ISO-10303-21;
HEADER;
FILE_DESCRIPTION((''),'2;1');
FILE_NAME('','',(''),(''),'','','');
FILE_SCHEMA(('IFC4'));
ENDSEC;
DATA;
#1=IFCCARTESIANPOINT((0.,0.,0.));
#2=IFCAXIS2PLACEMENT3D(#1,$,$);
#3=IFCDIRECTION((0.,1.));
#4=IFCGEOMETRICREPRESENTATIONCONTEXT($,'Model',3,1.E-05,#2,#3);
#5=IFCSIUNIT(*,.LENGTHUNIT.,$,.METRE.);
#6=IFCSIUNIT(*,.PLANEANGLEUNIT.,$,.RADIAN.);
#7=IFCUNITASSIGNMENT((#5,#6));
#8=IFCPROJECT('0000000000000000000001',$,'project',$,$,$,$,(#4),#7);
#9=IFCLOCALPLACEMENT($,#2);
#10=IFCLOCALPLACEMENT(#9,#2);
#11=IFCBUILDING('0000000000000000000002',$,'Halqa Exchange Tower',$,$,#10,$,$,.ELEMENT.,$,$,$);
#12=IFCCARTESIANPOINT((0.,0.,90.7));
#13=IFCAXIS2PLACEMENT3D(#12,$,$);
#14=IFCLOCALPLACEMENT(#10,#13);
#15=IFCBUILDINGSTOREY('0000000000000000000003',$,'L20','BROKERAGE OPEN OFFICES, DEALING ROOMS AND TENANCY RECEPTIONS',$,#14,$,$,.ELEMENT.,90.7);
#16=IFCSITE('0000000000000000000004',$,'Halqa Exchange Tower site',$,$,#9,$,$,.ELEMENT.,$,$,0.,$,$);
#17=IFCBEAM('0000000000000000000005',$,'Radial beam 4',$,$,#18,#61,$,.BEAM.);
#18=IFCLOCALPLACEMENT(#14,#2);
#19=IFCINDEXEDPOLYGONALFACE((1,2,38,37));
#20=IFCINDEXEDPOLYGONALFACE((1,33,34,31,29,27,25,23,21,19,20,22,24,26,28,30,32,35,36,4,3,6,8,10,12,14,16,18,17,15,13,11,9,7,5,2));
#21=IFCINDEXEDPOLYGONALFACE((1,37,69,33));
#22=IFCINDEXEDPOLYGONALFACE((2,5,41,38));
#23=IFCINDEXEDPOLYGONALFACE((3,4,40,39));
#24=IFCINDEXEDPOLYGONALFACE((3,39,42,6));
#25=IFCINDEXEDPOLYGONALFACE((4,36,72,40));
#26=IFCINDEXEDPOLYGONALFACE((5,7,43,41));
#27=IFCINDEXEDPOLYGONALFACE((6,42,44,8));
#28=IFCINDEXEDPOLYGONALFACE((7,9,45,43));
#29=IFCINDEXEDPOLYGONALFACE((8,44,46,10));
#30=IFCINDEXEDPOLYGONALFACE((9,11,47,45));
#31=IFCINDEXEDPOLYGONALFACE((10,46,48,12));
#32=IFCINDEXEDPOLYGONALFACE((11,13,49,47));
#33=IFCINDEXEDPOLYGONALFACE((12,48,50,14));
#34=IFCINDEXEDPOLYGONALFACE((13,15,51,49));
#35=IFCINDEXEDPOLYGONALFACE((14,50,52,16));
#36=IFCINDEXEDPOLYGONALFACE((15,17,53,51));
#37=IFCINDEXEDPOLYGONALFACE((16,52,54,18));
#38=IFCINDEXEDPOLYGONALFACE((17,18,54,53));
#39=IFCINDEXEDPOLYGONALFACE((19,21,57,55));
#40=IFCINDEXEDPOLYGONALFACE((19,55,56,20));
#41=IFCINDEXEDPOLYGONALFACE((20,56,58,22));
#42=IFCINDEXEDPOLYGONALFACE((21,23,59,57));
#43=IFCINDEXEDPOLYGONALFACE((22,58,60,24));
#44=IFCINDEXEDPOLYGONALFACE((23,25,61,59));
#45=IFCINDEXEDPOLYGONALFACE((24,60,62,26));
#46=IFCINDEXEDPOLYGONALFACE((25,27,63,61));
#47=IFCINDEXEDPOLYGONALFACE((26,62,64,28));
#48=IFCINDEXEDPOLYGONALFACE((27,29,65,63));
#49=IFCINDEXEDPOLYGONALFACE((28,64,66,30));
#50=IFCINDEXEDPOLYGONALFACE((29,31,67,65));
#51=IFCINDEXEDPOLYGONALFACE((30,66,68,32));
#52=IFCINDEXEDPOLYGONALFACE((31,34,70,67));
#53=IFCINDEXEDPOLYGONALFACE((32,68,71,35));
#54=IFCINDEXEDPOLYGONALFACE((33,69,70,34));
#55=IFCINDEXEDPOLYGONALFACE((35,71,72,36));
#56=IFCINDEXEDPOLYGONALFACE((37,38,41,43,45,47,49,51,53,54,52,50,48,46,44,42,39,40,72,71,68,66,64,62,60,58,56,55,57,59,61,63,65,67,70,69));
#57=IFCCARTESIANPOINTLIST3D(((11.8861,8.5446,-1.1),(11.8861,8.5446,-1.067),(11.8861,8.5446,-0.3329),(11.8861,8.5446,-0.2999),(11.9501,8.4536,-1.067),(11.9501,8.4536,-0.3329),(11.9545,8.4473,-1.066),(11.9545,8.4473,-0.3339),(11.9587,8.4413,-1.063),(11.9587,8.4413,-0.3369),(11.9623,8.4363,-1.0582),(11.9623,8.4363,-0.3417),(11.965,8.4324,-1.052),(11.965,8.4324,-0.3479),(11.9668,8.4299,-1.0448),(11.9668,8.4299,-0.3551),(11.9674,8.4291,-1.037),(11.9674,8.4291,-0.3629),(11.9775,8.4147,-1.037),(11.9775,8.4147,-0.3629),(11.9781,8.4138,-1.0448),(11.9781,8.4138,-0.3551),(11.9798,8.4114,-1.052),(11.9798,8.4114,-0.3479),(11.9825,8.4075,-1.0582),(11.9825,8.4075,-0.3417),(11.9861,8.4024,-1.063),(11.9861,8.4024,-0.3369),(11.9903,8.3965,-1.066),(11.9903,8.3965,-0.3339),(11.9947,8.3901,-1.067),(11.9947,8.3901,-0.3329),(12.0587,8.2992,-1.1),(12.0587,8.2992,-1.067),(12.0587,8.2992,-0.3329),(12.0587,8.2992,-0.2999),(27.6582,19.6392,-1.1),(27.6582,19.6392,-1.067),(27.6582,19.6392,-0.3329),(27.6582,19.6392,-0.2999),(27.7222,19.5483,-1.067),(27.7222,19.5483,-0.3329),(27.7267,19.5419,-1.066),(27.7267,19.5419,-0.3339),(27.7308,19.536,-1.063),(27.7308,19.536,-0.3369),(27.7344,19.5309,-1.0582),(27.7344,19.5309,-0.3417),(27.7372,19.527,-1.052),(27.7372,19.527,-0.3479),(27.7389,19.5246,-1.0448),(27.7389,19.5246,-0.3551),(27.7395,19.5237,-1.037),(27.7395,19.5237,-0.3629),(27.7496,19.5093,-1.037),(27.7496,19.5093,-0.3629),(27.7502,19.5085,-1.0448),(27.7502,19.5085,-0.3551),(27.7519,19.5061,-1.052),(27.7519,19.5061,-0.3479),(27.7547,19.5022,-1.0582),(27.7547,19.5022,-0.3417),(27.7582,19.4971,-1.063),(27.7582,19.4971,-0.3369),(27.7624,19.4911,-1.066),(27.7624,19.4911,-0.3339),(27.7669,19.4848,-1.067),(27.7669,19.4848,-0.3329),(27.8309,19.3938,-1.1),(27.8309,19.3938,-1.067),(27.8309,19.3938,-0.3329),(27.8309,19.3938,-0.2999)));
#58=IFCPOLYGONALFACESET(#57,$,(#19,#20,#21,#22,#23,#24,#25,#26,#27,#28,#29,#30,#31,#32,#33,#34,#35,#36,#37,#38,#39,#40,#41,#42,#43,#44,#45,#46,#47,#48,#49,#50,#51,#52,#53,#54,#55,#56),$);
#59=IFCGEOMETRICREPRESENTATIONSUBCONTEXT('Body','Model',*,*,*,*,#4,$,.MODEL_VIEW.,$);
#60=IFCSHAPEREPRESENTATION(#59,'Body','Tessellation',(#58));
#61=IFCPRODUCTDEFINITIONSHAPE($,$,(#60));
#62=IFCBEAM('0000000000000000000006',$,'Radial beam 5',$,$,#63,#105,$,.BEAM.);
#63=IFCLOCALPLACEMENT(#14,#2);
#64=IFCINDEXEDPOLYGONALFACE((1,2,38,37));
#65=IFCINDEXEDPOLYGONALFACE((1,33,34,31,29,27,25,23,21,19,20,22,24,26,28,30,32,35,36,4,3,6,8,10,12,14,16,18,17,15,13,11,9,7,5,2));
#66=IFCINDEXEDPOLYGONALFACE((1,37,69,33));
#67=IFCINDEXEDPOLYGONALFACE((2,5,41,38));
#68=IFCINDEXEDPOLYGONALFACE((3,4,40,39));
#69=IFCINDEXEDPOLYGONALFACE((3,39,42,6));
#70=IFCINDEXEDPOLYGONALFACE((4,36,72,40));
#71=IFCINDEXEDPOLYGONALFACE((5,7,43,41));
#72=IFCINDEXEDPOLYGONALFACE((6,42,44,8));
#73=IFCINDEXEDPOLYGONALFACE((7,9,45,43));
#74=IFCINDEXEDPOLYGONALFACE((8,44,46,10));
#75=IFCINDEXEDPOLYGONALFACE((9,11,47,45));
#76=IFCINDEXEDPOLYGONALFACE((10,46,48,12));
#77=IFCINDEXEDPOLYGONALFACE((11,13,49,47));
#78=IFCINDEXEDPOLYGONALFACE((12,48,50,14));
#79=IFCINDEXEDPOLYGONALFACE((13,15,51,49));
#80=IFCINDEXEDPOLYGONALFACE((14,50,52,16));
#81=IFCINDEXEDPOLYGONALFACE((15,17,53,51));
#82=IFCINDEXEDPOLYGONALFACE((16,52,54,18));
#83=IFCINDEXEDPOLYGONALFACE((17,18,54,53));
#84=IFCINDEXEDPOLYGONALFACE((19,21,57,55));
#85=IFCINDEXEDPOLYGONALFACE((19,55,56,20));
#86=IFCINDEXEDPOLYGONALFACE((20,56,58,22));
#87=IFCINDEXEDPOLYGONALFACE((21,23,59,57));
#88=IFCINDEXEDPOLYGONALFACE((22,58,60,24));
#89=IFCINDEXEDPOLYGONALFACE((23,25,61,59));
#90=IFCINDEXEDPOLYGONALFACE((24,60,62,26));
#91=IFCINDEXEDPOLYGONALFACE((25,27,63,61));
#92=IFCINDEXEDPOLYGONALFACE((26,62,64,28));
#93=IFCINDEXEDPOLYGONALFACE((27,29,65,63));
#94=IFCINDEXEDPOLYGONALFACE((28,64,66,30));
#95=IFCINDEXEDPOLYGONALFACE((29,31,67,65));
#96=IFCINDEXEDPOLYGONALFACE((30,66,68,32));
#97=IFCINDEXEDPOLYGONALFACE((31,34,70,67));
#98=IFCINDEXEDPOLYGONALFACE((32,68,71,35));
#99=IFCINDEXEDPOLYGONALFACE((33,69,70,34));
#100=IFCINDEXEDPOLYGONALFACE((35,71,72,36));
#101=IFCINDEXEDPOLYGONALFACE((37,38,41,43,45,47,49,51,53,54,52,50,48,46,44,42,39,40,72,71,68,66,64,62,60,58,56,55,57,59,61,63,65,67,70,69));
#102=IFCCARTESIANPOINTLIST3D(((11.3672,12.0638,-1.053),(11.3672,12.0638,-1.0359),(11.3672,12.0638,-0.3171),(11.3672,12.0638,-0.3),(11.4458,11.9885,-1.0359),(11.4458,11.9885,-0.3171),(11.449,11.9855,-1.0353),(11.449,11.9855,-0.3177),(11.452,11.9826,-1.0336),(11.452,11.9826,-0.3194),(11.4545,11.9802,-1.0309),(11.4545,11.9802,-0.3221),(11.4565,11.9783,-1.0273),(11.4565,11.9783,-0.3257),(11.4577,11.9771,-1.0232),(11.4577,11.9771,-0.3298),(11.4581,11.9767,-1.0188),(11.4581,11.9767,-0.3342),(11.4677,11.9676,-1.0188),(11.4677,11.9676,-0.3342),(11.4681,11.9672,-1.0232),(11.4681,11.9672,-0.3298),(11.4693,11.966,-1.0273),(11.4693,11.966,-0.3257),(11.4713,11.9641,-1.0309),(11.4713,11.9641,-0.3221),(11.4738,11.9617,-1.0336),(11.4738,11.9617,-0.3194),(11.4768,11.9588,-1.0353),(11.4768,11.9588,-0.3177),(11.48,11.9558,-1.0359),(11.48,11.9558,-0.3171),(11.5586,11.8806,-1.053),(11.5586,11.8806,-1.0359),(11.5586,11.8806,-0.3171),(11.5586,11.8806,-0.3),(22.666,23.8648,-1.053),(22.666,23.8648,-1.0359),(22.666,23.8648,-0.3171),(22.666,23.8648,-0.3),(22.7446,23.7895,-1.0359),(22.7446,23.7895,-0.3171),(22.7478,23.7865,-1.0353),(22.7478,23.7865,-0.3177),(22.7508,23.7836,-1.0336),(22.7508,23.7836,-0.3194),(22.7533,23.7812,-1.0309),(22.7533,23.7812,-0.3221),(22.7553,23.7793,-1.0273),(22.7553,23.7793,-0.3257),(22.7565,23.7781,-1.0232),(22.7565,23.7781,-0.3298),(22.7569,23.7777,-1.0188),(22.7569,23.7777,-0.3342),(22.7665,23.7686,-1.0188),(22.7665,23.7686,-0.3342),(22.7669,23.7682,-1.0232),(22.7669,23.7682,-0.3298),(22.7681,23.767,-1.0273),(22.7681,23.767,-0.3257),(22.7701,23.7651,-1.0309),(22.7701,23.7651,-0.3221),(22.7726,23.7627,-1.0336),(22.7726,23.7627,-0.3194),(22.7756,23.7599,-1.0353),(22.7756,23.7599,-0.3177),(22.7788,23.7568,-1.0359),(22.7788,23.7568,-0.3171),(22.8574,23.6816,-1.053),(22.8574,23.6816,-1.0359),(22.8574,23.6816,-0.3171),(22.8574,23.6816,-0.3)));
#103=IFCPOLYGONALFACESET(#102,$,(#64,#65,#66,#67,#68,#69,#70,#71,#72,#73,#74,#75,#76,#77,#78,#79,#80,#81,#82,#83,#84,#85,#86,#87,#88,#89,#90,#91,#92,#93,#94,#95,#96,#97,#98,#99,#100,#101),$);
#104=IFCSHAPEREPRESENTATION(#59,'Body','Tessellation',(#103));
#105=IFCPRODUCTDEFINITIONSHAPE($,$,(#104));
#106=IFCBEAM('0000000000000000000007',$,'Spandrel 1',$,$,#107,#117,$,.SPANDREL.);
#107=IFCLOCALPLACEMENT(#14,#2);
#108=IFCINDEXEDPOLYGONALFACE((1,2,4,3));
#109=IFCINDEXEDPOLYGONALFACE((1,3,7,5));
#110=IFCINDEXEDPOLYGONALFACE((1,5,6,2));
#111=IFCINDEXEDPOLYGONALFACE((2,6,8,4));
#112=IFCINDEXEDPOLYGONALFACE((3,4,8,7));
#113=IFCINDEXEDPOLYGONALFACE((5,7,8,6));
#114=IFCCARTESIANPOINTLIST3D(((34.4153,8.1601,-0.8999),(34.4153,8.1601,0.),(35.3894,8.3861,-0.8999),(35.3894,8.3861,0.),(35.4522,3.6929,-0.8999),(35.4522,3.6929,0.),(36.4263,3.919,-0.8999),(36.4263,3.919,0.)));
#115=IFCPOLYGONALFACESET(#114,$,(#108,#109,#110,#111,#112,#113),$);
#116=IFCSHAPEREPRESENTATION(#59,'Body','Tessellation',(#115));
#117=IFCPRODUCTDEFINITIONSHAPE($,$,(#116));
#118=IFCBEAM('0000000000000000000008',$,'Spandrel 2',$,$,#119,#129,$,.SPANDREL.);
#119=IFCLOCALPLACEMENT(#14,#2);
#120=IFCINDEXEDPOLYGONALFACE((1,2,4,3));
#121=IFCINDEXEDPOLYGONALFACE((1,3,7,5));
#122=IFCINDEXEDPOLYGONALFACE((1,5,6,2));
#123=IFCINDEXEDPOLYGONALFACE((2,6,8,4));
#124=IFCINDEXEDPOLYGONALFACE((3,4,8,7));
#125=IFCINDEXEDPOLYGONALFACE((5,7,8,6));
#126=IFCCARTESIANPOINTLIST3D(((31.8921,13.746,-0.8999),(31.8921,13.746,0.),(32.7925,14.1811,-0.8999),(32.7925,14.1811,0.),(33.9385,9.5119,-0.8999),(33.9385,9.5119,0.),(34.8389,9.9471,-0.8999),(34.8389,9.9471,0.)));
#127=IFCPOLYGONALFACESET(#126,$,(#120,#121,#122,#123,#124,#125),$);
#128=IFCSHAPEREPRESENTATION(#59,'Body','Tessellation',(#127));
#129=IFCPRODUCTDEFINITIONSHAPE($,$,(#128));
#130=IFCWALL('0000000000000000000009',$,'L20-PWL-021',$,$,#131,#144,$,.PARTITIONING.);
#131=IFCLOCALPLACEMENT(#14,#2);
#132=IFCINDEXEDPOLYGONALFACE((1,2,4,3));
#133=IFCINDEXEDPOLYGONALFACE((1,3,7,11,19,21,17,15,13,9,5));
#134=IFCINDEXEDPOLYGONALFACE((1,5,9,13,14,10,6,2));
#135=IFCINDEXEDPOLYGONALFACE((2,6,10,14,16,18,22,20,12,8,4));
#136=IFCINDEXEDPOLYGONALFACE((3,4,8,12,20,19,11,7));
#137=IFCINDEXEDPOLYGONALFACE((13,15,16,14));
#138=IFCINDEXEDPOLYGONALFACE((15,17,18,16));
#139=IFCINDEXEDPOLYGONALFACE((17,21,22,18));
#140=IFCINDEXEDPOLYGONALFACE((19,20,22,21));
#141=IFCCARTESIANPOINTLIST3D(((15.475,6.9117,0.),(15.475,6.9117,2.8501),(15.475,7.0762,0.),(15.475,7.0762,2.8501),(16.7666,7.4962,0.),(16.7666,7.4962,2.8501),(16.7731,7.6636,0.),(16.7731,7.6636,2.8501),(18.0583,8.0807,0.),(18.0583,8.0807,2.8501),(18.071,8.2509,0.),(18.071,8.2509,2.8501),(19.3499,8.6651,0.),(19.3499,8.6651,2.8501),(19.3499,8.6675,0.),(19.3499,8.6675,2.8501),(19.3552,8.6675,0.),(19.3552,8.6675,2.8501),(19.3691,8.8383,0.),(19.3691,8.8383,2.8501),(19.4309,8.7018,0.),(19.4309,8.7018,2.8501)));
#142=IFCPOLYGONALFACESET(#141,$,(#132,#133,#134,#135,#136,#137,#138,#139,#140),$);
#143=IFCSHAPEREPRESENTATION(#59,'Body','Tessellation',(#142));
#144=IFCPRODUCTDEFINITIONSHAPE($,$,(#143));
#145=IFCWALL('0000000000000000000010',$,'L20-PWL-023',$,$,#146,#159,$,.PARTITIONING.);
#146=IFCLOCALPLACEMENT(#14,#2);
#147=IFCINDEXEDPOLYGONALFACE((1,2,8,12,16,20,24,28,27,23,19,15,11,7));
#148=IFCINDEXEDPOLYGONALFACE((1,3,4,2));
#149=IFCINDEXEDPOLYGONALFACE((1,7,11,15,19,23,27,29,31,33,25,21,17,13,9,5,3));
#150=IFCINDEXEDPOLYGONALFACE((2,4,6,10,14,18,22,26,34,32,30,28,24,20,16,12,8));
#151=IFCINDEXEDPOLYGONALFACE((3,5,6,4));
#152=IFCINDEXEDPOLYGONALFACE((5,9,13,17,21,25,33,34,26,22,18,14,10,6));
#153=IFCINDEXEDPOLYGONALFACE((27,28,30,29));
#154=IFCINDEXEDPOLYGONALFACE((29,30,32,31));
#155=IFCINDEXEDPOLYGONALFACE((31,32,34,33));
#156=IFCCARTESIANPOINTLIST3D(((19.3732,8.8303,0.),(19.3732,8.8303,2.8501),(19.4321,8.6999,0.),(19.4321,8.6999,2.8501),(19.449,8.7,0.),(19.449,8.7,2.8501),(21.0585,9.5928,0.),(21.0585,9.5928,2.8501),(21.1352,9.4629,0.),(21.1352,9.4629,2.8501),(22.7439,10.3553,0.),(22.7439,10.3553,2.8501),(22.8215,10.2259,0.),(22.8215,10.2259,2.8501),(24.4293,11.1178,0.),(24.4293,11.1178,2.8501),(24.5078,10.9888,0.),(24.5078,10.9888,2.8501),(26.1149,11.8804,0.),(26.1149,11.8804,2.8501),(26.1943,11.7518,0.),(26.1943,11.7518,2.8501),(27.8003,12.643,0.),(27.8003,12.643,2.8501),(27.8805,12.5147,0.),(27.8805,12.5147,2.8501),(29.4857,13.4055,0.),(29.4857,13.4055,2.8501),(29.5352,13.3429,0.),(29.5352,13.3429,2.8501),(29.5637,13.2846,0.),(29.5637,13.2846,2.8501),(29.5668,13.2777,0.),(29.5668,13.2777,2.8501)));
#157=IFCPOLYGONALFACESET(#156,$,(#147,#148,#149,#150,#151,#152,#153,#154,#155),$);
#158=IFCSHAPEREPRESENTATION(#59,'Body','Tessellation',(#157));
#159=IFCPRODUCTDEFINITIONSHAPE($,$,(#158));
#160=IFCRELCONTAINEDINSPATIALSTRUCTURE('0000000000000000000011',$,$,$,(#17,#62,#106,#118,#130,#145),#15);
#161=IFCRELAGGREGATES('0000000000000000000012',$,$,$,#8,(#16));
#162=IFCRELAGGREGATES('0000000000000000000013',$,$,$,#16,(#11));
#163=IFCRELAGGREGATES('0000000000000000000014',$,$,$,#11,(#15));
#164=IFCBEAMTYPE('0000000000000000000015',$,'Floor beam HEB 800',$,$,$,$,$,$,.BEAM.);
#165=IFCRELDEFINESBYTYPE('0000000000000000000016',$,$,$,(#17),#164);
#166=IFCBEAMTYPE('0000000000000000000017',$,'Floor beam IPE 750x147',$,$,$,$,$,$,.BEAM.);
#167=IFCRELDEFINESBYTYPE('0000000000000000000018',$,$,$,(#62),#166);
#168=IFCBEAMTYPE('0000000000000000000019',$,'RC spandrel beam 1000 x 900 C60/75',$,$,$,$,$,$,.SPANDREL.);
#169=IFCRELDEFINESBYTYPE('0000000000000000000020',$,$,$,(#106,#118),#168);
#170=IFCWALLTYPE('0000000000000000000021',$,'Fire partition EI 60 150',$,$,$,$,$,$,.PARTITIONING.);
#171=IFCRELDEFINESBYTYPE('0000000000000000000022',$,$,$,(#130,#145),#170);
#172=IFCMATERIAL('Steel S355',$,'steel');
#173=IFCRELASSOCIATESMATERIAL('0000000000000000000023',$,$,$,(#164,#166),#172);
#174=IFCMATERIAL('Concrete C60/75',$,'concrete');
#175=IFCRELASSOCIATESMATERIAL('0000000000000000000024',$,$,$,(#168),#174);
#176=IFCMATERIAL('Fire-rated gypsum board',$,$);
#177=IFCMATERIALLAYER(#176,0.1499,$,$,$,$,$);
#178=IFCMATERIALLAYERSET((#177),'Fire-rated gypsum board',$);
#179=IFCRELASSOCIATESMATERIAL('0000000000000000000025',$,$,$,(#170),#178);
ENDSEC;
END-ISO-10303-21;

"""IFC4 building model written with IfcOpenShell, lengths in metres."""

from ifc_helpers import new_model, si_unit, direction, frame, origin, origin_2d, place, context, subcontext, project, spatial, polyline, rectangle, i_section, outline, extrude, material, layer, layer_set, material_profile, profile_set, type_object, element, save


model = new_model("IFC4")

# Units and contexts
model_context = context("Model", 3, precision=1e-05, world=origin(), true_north=direction((0.0, 1.0)))
body_context = subcontext(model_context, "Body", "Model", "MODEL_VIEW")
ifc_project = project(units=[si_unit("LENGTHUNIT", "METRE"), si_unit("PLANEANGLEUNIT", "RADIAN")], contexts=[model_context])

# Site, building, storey
site_placement = place(None, origin())
site = spatial("IfcSite", under=ifc_project, at=site_placement, Name="Halqa Exchange Tower site", CompositionType="ELEMENT", RefElevation=0.0)
building_placement = place(site_placement, origin())
building = spatial("IfcBuilding", under=site, at=building_placement, Name="Halqa Exchange Tower", CompositionType="ELEMENT")
storey_placement = place(building_placement, frame((0.0, 0.0, 90.7)))
storey = spatial("IfcBuildingStorey", under=building, at=storey_placement, Name="L20", Description="BROKERAGE OPEN OFFICES, DEALING ROOMS AND TENANCY RECEPTIONS", CompositionType="ELEMENT", Elevation=90.7)

# Beams
ifc_material_1 = material(Name="Steel S355", Category="steel")
ifc_material_profile_1 = material_profile(ifc_material_1, i_section(OverallWidth=0.3, OverallDepth=0.8, WebThickness=0.0176, FlangeThickness=0.033, FilletRadius=0.03, at=origin_2d()), Name="HEB 800")
ifc_profile_set_1 = profile_set([ifc_material_profile_1], Name="Steel S355")
beam_type_1 = type_object("IfcBeamType", Name="Floor beam HEB 800", PredefinedType="BEAM", material=ifc_profile_set_1)
beam_1_placement = place(storey_placement, frame((11.9724, 8.4219, -0.7), z_axis=(0.81791, 0.575346, 0.0), x_axis=(-0.575346, 0.81791, 0.0)))
element("IfcBeam", 1, at=beam_1_placement, inside=storey, type_object=beam_type_1, Name="Radial beam 4", PredefinedType="BEAM", context=body_context, shape_type="SweptSolid", body=[
    extrude(i_section(OverallWidth=0.3, OverallDepth=0.8, WebThickness=0.0176, FlangeThickness=0.033, FilletRadius=0.03, at=origin_2d()), origin(), (0.0, 0.0, 1.0), 19.2834),
])
ifc_material_profile_2 = material_profile(ifc_material_1, i_section(OverallWidth=0.2649, OverallDepth=0.7529, WebThickness=0.0132, FlangeThickness=0.0171, FilletRadius=0.0171, at=origin_2d()), Name="IPE 750x147")
ifc_profile_set_2 = profile_set([ifc_material_profile_2], Name="Steel S355")
beam_type_2 = type_object("IfcBeamType", Name="Floor beam IPE 750x147", PredefinedType="BEAM", material=ifc_profile_set_2)
beam_2_placement = place(storey_placement, frame((11.4629, 11.9722, -0.6765), z_axis=(0.691571, 0.722309, 0.0), x_axis=(-0.722309, 0.691571, 0.0)))
element("IfcBeam", 2, at=beam_2_placement, inside=storey, type_object=beam_type_2, Name="Radial beam 5", PredefinedType="BEAM", context=body_context, shape_type="SweptSolid", body=[
    extrude(i_section(OverallWidth=0.2649, OverallDepth=0.7529, WebThickness=0.0132, FlangeThickness=0.0171, FilletRadius=0.0171, at=origin_2d()), origin(), (0.0, 0.0, 1.0), 16.3379),
])
ifc_material_2 = material(Name="Concrete C60/75", Category="concrete")
ifc_material_profile_3 = material_profile(ifc_material_2, rectangle(XDim=1.0, YDim=0.8999, at=origin_2d()), Name="1000 x 900")
ifc_profile_set_3 = profile_set([ifc_material_profile_3], Name="Concrete C60/75")
beam_type_3 = type_object("IfcBeamType", Name="RC spandrel beam 1000 x 900 C60/75", PredefinedType="SPANDREL", material=ifc_profile_set_3)
beam_3_placement = place(storey_placement, frame((35.9392, 3.8059, -0.45), z_axis=(-0.226092, 0.974106, 0.0), x_axis=(-0.974106, -0.226092, 0.0)))
element("IfcBeam", 3, at=beam_3_placement, inside=storey, type_object=beam_type_3, Name="Spandrel 1", PredefinedType="SPANDREL", context=body_context, shape_type="SweptSolid", body=[
    extrude(rectangle(XDim=1.0, YDim=0.8999, at=origin_2d()), origin(), (0.0, 0.0, 1.0), 4.5859),
])
beam_4_placement = place(storey_placement, frame((34.3887, 9.7295, -0.45), z_axis=(-0.43515, 0.900358, 0.0), x_axis=(-0.900358, -0.43515, 0.0)))
element("IfcBeam", 4, at=beam_4_placement, inside=storey, type_object=beam_type_3, Name="Spandrel 2", PredefinedType="SPANDREL", context=body_context, shape_type="SweptSolid", body=[
    extrude(rectangle(XDim=1.0, YDim=0.8999, at=origin_2d()), origin(), (0.0, 0.0, 1.0), 4.7026),
])

# Walls
ifc_material_3 = material(Name="Fire-rated gypsum board")
ifc_layer_1 = layer(ifc_material_3, 0.1499)
ifc_layer_set_1 = layer_set([ifc_layer_1], Name="Fire-rated gypsum board")
wall_type_1 = type_object("IfcWallType", Name="Fire partition EI 60 150", PredefinedType="PARTITIONING", material=ifc_layer_set_1)
wall_1_placement = place(storey_placement, frame((15.4441, 6.98, 0.0), z_axis=(0.0, 0.0, 1.0), x_axis=(0.911064, 0.412265, 0.0)))
element("IfcWall", 5, at=wall_1_placement, inside=storey, type_object=wall_type_1, Name="L20-PWL-021", PredefinedType="PARTITIONING", context=body_context, shape_type="SweptSolid", body=[
    extrude(outline(polyline([(0.0, -0.075), (1.4177, -0.075), (2.8354, -0.075), (4.2532, -0.075), (4.2542, -0.0728), (4.259, -0.075), (4.342, -0.075), (4.342, 0.075), (2.9172, 0.075), (1.4927, 0.075), (0.0679, 0.075), (0.0, -0.075)])), origin(), (0.0, 0.0, 1.0), 2.8501),
])
wall_2_placement = place(storey_placement, frame((19.4041, 8.762, 0.0), z_axis=(0.0, 0.0, 1.0), x_axis=(0.91109, 0.412208, 0.0)))
element("IfcWall", 6, at=wall_2_placement, inside=storey, type_object=wall_type_1, Name="L20-PWL-023", PredefinedType="PARTITIONING", context=body_context, shape_type="SweptSolid", body=[
    extrude(outline(polyline([(11.1206, -0.075), (11.1206, -0.0674), (11.1187, -0.0024), (11.0994, 0.075), (9.2495, 0.075), (7.3997, 0.075), (5.5496, 0.075), (3.6997, 0.075), (1.8499, 0.075), (0.0, 0.075), (0.0, -0.0681), (0.0154, -0.075), (1.8662, -0.075), (3.717, -0.075), (5.5679, -0.075), (7.4189, -0.075), (9.2698, -0.075), (11.1206, -0.075)])), origin(), (0.0, 0.0, 1.0), 2.8501),
])

save(model, "model.ifc")
